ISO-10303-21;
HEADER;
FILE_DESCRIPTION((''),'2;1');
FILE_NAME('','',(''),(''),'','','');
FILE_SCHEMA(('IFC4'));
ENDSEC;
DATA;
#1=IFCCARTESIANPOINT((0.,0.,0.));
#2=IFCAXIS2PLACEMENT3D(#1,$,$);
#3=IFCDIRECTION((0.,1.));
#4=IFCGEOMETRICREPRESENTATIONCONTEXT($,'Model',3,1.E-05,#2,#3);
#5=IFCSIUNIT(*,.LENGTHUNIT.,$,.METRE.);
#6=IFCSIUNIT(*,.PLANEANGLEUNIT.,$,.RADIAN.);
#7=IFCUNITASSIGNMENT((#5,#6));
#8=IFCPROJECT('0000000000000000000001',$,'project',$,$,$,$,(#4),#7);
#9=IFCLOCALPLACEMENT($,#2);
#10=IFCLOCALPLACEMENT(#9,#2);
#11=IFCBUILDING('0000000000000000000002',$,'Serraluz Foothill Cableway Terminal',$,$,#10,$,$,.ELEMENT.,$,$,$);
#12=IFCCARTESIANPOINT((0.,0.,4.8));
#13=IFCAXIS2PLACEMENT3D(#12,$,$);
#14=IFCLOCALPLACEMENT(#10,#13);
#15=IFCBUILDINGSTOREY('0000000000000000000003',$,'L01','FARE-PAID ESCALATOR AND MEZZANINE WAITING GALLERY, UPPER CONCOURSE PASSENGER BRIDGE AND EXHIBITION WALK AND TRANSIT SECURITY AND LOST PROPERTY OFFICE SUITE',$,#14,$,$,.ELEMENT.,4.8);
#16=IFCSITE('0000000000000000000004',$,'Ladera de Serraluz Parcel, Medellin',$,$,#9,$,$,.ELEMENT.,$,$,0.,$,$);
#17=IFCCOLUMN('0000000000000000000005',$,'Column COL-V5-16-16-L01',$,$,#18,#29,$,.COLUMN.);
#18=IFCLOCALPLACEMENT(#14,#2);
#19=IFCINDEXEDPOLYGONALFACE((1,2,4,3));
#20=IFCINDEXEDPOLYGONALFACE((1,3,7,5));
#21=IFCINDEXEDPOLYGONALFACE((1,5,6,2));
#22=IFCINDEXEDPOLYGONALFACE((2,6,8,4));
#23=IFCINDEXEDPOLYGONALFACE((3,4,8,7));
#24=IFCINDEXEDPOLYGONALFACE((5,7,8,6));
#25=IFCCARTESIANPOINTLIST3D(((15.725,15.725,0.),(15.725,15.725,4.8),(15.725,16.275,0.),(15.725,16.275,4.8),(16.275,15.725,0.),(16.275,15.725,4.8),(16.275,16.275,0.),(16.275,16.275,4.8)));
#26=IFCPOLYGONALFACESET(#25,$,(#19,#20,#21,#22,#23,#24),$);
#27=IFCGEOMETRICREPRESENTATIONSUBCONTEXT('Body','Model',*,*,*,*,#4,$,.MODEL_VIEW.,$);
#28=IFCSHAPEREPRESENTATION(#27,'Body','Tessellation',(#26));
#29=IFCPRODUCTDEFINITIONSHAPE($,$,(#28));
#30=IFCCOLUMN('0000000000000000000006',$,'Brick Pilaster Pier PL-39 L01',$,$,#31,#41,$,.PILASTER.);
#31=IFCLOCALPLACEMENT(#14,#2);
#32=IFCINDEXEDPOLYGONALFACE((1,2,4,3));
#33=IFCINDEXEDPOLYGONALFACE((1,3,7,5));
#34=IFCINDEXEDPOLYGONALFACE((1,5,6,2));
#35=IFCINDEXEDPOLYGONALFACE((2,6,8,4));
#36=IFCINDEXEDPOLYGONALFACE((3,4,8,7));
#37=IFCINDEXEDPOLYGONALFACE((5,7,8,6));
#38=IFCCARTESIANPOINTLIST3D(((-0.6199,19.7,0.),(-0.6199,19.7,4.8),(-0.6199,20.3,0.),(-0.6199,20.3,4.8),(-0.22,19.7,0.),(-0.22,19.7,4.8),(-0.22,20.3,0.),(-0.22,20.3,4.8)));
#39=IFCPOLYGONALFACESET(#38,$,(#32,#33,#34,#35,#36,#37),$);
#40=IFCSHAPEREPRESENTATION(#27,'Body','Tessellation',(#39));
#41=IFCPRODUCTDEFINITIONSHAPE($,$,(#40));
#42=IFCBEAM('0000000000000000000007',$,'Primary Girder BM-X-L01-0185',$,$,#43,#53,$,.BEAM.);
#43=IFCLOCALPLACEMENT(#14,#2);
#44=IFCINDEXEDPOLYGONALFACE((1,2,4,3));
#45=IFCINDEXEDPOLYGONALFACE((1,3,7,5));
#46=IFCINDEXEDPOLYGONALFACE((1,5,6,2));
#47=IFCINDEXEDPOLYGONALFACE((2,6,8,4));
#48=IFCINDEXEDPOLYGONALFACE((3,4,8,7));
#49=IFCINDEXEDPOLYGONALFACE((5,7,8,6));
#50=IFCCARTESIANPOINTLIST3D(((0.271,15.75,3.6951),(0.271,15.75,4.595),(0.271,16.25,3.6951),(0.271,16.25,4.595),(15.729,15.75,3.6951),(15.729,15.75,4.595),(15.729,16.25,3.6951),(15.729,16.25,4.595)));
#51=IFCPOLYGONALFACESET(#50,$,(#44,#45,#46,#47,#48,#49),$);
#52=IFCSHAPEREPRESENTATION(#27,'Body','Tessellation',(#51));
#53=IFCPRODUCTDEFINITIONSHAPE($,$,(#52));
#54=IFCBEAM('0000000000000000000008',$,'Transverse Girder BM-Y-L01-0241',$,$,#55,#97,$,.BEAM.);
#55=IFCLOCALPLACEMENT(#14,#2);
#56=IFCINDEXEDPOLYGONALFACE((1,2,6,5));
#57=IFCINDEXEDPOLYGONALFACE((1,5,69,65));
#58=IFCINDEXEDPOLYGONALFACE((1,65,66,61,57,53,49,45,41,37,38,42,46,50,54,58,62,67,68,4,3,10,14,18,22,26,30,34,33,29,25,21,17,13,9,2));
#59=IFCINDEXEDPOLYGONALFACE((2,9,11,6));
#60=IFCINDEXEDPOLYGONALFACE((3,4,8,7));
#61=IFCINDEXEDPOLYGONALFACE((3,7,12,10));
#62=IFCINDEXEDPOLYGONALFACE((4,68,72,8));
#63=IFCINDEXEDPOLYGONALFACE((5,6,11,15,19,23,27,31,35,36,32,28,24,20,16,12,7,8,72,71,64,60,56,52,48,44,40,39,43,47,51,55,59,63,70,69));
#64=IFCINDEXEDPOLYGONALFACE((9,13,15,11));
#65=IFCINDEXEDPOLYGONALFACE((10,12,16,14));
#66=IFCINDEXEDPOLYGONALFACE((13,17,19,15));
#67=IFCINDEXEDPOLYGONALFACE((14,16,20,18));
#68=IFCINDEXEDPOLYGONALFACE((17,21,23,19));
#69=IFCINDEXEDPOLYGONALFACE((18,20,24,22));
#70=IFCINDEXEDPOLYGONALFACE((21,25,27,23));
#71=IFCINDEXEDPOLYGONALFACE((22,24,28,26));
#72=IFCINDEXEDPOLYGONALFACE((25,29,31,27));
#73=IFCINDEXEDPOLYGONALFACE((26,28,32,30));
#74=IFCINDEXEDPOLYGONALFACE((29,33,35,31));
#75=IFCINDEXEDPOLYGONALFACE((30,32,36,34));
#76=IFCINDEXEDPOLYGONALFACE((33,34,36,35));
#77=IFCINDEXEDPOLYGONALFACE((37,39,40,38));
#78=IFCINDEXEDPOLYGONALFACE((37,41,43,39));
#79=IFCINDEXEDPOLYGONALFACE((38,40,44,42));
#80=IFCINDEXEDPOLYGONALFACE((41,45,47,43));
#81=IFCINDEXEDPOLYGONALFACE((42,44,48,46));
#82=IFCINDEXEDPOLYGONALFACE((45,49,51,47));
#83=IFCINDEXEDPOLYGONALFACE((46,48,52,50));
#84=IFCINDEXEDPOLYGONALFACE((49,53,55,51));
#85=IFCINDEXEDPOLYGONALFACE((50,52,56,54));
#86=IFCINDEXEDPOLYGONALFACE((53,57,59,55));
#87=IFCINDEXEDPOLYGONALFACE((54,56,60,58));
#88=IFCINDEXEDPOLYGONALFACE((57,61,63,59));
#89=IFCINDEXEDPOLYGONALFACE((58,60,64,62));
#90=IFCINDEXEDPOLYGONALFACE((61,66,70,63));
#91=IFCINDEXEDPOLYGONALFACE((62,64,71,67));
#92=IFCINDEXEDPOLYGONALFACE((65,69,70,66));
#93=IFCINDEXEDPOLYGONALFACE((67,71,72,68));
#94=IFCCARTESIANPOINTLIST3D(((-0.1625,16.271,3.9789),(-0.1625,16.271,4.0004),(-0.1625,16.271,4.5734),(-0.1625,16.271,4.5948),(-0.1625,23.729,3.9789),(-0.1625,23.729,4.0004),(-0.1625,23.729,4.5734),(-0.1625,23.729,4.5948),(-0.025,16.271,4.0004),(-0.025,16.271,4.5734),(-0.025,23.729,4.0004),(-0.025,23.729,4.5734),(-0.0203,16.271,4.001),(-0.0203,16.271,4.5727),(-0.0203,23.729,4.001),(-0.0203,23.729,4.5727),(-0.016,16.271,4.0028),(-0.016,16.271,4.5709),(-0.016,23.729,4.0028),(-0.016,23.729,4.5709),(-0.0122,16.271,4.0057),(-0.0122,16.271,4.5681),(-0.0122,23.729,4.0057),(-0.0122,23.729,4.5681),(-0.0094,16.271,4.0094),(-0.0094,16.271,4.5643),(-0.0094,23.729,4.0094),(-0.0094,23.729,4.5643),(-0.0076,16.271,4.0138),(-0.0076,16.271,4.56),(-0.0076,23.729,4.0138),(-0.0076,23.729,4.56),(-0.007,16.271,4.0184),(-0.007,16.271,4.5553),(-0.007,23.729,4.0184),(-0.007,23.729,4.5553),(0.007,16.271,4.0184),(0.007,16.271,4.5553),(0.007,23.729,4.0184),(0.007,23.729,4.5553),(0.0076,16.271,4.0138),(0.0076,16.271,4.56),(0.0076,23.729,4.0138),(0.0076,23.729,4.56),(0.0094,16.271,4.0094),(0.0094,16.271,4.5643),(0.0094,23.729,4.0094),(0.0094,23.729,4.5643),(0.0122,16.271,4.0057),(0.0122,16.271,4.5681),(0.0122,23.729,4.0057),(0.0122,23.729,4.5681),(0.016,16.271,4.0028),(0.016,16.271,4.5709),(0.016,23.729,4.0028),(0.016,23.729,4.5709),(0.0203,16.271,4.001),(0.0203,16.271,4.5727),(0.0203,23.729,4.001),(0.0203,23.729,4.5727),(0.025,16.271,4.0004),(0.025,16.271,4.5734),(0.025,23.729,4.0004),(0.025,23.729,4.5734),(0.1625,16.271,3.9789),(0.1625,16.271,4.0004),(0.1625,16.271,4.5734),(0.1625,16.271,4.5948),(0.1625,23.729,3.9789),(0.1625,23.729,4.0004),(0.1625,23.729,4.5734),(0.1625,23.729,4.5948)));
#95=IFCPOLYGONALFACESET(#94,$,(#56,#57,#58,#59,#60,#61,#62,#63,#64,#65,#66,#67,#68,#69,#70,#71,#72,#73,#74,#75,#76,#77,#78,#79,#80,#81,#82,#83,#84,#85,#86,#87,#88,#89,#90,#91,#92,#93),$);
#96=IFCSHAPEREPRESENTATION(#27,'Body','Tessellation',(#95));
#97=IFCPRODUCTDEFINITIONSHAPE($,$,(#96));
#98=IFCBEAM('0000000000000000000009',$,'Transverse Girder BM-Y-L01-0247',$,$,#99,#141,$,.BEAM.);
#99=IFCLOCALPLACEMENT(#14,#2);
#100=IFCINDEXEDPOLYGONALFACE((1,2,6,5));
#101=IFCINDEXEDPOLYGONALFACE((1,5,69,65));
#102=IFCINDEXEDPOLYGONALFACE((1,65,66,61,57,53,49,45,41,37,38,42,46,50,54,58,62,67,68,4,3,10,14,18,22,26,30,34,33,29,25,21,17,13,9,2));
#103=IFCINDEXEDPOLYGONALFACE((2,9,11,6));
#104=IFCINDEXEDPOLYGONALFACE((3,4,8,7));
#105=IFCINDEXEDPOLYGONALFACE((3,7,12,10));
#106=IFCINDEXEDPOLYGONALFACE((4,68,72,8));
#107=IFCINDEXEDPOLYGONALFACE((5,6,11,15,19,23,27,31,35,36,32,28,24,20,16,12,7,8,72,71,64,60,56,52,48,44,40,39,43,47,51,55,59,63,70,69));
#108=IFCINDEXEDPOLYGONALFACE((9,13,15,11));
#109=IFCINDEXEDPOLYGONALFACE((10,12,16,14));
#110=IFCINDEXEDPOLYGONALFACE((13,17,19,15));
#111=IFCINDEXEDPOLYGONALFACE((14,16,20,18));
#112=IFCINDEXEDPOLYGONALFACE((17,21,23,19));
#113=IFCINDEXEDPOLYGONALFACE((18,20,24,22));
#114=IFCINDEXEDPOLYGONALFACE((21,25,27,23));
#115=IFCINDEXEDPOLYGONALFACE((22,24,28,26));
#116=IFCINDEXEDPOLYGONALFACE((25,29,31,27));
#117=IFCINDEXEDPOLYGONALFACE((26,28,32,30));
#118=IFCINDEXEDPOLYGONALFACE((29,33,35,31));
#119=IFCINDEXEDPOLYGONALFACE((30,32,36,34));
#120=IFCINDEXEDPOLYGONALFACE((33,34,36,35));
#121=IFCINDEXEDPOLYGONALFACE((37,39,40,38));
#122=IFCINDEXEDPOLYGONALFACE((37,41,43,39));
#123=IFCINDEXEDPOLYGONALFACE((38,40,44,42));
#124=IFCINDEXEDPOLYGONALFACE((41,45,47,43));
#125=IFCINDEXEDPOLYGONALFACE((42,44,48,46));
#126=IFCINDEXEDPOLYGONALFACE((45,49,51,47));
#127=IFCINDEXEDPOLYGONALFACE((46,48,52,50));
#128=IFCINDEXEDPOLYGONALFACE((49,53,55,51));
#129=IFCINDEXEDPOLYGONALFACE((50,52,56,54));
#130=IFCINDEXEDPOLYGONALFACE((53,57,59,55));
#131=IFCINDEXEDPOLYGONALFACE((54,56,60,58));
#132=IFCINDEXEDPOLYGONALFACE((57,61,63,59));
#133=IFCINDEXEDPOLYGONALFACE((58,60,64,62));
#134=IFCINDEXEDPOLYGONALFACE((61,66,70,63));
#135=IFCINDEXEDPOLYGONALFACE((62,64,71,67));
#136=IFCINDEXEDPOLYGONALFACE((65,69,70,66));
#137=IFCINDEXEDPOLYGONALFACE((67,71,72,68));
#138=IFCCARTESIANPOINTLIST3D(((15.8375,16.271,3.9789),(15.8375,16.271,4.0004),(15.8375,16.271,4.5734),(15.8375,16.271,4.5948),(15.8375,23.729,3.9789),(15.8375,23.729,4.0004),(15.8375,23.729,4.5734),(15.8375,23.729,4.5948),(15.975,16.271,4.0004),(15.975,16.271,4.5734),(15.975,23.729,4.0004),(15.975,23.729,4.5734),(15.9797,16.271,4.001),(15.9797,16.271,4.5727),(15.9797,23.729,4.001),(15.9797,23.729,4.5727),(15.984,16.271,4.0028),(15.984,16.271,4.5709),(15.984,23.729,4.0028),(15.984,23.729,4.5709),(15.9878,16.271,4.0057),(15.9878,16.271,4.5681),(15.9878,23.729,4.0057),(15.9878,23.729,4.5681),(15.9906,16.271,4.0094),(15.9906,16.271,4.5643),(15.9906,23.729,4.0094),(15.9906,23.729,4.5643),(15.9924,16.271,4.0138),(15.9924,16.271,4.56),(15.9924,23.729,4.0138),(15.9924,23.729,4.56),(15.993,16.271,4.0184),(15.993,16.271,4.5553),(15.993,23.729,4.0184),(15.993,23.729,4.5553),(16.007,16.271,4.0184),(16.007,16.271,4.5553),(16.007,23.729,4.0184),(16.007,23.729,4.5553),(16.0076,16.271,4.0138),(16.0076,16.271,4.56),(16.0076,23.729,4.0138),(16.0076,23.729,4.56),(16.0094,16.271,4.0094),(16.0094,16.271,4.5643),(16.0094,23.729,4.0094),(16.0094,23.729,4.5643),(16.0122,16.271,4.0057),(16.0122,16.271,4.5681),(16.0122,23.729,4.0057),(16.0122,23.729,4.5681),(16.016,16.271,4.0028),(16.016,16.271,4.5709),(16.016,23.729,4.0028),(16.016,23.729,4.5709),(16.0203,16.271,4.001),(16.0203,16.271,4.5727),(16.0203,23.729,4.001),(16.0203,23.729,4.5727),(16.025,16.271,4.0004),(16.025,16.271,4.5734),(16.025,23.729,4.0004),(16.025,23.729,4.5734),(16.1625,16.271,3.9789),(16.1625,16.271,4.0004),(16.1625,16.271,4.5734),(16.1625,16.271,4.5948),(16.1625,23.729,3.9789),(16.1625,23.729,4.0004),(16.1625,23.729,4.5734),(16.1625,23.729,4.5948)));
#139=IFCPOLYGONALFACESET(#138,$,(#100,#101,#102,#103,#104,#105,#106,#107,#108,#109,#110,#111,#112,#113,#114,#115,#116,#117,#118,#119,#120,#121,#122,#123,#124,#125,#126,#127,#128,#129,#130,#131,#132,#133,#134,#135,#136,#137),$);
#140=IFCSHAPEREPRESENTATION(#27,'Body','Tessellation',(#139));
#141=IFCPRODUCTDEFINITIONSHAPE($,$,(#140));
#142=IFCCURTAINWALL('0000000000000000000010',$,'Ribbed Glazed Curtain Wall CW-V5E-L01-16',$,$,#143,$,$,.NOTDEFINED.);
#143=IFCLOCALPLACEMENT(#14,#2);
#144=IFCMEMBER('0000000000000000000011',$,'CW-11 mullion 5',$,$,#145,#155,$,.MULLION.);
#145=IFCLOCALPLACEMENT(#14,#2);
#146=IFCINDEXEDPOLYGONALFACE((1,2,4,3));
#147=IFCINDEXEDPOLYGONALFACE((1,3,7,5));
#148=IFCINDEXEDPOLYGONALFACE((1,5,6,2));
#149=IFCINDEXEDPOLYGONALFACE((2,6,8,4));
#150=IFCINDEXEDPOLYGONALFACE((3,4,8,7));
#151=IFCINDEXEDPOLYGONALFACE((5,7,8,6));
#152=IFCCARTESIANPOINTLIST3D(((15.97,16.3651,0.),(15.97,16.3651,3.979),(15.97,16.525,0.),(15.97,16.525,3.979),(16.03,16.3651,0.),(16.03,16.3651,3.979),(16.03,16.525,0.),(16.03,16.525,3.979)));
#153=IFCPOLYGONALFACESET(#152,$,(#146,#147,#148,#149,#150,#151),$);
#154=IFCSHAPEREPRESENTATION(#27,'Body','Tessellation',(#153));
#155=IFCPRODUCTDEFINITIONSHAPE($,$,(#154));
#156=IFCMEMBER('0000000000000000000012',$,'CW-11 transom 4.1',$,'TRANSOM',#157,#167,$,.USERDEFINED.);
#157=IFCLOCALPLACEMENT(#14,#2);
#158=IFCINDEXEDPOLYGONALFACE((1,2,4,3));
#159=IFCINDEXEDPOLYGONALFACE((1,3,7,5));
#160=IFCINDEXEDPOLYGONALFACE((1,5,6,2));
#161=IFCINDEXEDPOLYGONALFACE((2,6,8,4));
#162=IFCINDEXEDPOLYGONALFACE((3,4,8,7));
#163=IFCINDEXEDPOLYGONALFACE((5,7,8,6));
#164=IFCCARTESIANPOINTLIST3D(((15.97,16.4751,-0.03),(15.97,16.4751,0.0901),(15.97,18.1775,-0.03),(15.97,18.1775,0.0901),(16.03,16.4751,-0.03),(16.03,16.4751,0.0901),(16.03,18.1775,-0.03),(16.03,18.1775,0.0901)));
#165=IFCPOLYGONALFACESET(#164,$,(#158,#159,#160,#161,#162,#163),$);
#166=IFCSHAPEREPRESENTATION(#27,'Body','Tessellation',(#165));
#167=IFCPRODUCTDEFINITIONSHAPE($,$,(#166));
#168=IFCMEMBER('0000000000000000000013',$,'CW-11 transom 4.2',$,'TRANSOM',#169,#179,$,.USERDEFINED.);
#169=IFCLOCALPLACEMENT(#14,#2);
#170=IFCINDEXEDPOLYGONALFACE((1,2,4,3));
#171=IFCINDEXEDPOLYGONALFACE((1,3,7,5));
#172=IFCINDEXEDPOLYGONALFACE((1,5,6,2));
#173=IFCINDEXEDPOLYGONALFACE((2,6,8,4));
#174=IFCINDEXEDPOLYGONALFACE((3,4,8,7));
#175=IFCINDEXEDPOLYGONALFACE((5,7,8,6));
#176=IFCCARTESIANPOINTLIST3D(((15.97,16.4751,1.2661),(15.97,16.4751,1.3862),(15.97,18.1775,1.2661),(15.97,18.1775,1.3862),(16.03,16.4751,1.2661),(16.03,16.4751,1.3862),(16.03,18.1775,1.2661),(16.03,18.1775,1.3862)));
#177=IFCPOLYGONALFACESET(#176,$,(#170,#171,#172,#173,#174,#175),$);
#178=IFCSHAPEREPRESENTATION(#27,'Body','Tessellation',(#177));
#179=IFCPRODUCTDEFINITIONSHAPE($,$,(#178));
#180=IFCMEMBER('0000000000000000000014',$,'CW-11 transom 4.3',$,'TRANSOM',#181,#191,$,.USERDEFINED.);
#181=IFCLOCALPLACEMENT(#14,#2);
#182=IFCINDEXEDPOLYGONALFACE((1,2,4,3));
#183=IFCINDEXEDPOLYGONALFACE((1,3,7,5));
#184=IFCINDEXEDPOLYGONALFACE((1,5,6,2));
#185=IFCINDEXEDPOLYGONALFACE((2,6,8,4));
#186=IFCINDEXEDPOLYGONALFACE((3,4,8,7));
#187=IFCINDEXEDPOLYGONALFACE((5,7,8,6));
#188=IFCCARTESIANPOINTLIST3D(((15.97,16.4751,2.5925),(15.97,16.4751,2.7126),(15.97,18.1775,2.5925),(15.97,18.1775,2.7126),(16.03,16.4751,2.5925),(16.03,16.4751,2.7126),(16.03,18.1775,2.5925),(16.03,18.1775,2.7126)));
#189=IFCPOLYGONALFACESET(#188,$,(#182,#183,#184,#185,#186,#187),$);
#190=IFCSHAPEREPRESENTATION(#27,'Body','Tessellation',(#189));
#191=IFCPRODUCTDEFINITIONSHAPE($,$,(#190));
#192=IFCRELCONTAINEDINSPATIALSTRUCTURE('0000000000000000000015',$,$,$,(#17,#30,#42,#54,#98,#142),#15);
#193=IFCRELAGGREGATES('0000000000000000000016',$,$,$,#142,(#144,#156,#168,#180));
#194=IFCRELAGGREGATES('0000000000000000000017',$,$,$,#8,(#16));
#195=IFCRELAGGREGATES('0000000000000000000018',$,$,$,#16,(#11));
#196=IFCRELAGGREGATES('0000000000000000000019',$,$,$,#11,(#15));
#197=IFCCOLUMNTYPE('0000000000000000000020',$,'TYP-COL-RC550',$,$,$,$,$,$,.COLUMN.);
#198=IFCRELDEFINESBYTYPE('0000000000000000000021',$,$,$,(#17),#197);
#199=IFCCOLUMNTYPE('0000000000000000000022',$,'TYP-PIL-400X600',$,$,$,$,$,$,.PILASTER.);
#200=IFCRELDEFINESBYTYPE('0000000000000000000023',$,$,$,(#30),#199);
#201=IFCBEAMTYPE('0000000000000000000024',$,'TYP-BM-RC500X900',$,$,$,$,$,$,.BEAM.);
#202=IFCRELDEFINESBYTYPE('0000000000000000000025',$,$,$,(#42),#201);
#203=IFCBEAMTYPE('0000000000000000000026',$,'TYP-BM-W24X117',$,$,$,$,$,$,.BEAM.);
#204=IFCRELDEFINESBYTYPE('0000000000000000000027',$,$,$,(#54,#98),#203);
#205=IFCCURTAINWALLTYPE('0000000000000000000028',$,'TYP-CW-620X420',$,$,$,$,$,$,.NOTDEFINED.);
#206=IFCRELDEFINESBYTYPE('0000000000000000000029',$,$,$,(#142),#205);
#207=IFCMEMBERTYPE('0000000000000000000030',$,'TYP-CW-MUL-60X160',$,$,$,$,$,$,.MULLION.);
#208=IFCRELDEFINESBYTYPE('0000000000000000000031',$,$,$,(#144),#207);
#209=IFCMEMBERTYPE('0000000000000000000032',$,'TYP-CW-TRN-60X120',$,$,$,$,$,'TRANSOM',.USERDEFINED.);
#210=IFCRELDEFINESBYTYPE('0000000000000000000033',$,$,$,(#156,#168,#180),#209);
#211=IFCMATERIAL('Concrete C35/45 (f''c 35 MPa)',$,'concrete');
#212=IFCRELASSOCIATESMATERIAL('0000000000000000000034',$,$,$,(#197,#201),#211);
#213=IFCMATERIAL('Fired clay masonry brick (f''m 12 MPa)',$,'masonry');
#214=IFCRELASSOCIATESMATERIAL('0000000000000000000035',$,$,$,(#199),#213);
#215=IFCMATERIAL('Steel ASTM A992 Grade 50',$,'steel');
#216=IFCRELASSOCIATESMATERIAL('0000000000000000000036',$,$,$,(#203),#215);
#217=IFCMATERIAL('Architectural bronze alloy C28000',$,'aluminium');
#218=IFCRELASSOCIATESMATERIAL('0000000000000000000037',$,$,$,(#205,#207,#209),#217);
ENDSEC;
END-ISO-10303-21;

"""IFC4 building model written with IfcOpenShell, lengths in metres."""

from ifc_helpers import new_model, si_unit, direction, frame, origin, origin_2d, place, context, subcontext, project, spatial, rectangle, i_section, extrude, material, material_profile, profile_set, type_object, element, aggregate, save


model = new_model("IFC4")

# Units and contexts
model_context = context("Model", 3, precision=1e-05, world=origin(), true_north=direction((0.0, 1.0)))
body_context = subcontext(model_context, "Body", "Model", "MODEL_VIEW")
ifc_project = project(units=[si_unit("LENGTHUNIT", "METRE"), si_unit("PLANEANGLEUNIT", "RADIAN")], contexts=[model_context])

# Site, building, storey
site_placement = place(None, origin())
site = spatial("IfcSite", under=ifc_project, at=site_placement, Name="Ladera de Serraluz Parcel, Medellin", CompositionType="ELEMENT", RefElevation=0.0)
building_placement = place(site_placement, origin())
building = spatial("IfcBuilding", under=site, at=building_placement, Name="Serraluz Foothill Cableway Terminal", CompositionType="ELEMENT")
storey_placement = place(building_placement, frame((0.0, 0.0, 4.8)))
storey = spatial("IfcBuildingStorey", under=building, at=storey_placement, Name="L01", Description="FARE-PAID ESCALATOR AND MEZZANINE WAITING GALLERY, UPPER CONCOURSE PASSENGER BRIDGE AND EXHIBITION WALK AND TRANSIT SECURITY AND LOST PROPERTY OFFICE SUITE", CompositionType="ELEMENT", Elevation=4.8)

# Columns
ifc_material_1 = material(Name="Concrete C35/45 (f'c 35 MPa)", Category="concrete")
ifc_material_profile_1 = material_profile(ifc_material_1, rectangle(XDim=0.55, YDim=0.55, at=origin_2d()), Name="RC 550x550")
ifc_profile_set_1 = profile_set([ifc_material_profile_1], Name="Concrete C35/45 (f'c 35 MPa)")
column_type_1 = type_object("IfcColumnType", Name="TYP-COL-RC550", PredefinedType="COLUMN", material=ifc_profile_set_1)
column_1_placement = place(storey_placement, frame((16.0, 16.0, 0.0), z_axis=(0.0, 0.0, 1.0), x_axis=(1.0, 0.0, 0.0)))
element("IfcColumn", 1, at=column_1_placement, inside=storey, type_object=column_type_1, Name="Column COL-V5-16-16-L01", PredefinedType="COLUMN", context=body_context, shape_type="SweptSolid", body=[
    extrude(rectangle(XDim=0.55, YDim=0.55, at=origin_2d()), origin(), (0.0, 0.0, 1.0), 4.8),
])
ifc_material_2 = material(Name="Fired clay masonry brick (f'm 12 MPa)", Category="masonry")
ifc_material_profile_2 = material_profile(ifc_material_2, rectangle(XDim=0.3999, YDim=0.6001, at=origin_2d()), Name="PIL 400x600")
ifc_profile_set_2 = profile_set([ifc_material_profile_2], Name="Fired clay masonry brick (f'm 12 MPa)")
column_type_2 = type_object("IfcColumnType", Name="TYP-PIL-400X600", PredefinedType="PILASTER", material=ifc_profile_set_2)
column_2_placement = place(storey_placement, frame((-0.4199, 20.0, 0.0), z_axis=(0.0, 0.0, 1.0), x_axis=(1.0, 0.0, 0.0)))
element("IfcColumn", 2, at=column_2_placement, inside=storey, type_object=column_type_2, Name="Brick Pilaster Pier PL-39 L01", PredefinedType="PILASTER", context=body_context, shape_type="SweptSolid", body=[
    extrude(rectangle(XDim=0.3999, YDim=0.6001, at=origin_2d()), origin(), (0.0, 0.0, 1.0), 4.8),
])

# Beams
ifc_material_profile_3 = material_profile(ifc_material_1, rectangle(XDim=0.5, YDim=0.8999, at=origin_2d()), Name="RC 500x900")
ifc_profile_set_3 = profile_set([ifc_material_profile_3], Name="Concrete C35/45 (f'c 35 MPa)")
beam_type_1 = type_object("IfcBeamType", Name="TYP-BM-RC500X900", PredefinedType="BEAM", material=ifc_profile_set_3)
beam_1_placement = place(storey_placement, frame((0.271, 16.0, 4.145), z_axis=(1.0, 0.0, 0.0), x_axis=(0.0, 1.0, 0.0)))
element("IfcBeam", 3, at=beam_1_placement, inside=storey, type_object=beam_type_1, Name="Primary Girder BM-X-L01-0185", PredefinedType="BEAM", context=body_context, shape_type="SweptSolid", body=[
    extrude(rectangle(XDim=0.5, YDim=0.8999, at=origin_2d()), origin(), (0.0, 0.0, 1.0), 15.458),
])
ifc_material_3 = material(Name="Steel ASTM A992 Grade 50", Category="steel")
ifc_material_profile_4 = material_profile(ifc_material_3, i_section(OverallWidth=0.325, OverallDepth=0.616, WebThickness=0.0139, FlangeThickness=0.0215, FilletRadius=0.0181, at=origin_2d()), Name="W24X117")
ifc_profile_set_4 = profile_set([ifc_material_profile_4], Name="Steel ASTM A992 Grade 50")
beam_type_2 = type_object("IfcBeamType", Name="TYP-BM-W24X117", PredefinedType="BEAM", material=ifc_profile_set_4)
for number, where, z_axis, x_axis, name in (
    (4, (0.0, 16.271, 4.2869), (0.0, 1.0, 0.0), (-1.0, 0.0, 0.0), "Transverse Girder BM-Y-L01-0241"),
    (5, (16.0, 16.271, 4.2869), (0.0, 1.0, 0.0), (-1.0, 0.0, 0.0), "Transverse Girder BM-Y-L01-0247"),
):
    element("IfcBeam", number, at=place(storey_placement, frame(where, z_axis=z_axis, x_axis=x_axis)), inside=storey, type_object=beam_type_2, Name=name, PredefinedType="BEAM", context=body_context, shape_type="SweptSolid", body=[
        extrude(i_section(OverallWidth=0.325, OverallDepth=0.616, WebThickness=0.0139, FlangeThickness=0.0215, FilletRadius=0.0181, at=origin_2d()), origin(), (0.0, 0.0, 1.0), 7.458),
    ])

# Curtain wall, members
ifc_material_4 = material(Name="Architectural bronze alloy C28000", Category="aluminium")
curtain_wall_type = type_object("IfcCurtainWallType", Name="TYP-CW-620X420", PredefinedType="NOTDEFINED", material=ifc_material_4)
curtain_wall_placement = place(storey_placement, origin())
curtain_wall = element("IfcCurtainWall", 6, at=curtain_wall_placement, inside=storey, type_object=curtain_wall_type, Name="Ribbed Glazed Curtain Wall CW-V5E-L01-16", PredefinedType="NOTDEFINED")
ifc_material_profile_5 = material_profile(ifc_material_4, rectangle(XDim=0.0601, YDim=0.1599, at=origin_2d()), Name="ALU MULLION 60x160")
ifc_profile_set_5 = profile_set([ifc_material_profile_5], Name="Architectural bronze alloy C28000")
member_type_1 = type_object("IfcMemberType", Name="TYP-CW-MUL-60X160", PredefinedType="MULLION", material=ifc_profile_set_5)
member_1_placement = place(storey_placement, frame((16.0, 16.4451, 0.0), z_axis=(0.0, 0.0, 1.0), x_axis=(1.0, 0.0, 0.0)))
member_1 = element("IfcMember", 7, at=member_1_placement, type_object=member_type_1, Name="CW-11 mullion 5", PredefinedType="MULLION", context=body_context, shape_type="SweptSolid", body=[
    extrude(rectangle(XDim=0.0601, YDim=0.1599, at=origin_2d()), origin(), (0.0, 0.0, 1.0), 3.979),
])
ifc_material_profile_6 = material_profile(ifc_material_4, rectangle(XDim=0.0601, YDim=0.1201, at=origin_2d()), Name="ALU TRANSOM 60x120")
ifc_profile_set_6 = profile_set([ifc_material_profile_6], Name="Architectural bronze alloy C28000")
member_type_2 = type_object("IfcMemberType", Name="TYP-CW-TRN-60X120", ElementType="TRANSOM", PredefinedType="USERDEFINED", material=ifc_profile_set_6)
member_2_placement = place(storey_placement, frame((16.0, 18.1775, 0.03), z_axis=(0.0, -1.0, 0.0), x_axis=(1.0, 0.0, 0.0)))
member_2 = element("IfcMember", 8, at=member_2_placement, type_object=member_type_2, Name="CW-11 transom 4.1", ObjectType="TRANSOM", PredefinedType="USERDEFINED", context=body_context, shape_type="SweptSolid", body=[
    extrude(rectangle(XDim=0.0601, YDim=0.1201, at=origin_2d()), origin(), (0.0, 0.0, 1.0), 1.7024),
])
member_3_placement = place(storey_placement, frame((16.0, 18.1775, 1.3262), z_axis=(0.0, -1.0, 0.0), x_axis=(1.0, 0.0, 0.0)))
member_3 = element("IfcMember", 9, at=member_3_placement, type_object=member_type_2, Name="CW-11 transom 4.2", ObjectType="TRANSOM", PredefinedType="USERDEFINED", context=body_context, shape_type="SweptSolid", body=[
    extrude(rectangle(XDim=0.0601, YDim=0.1201, at=origin_2d()), origin(), (0.0, 0.0, 1.0), 1.7024),
])
member_4_placement = place(storey_placement, frame((16.0, 18.1775, 2.6526), z_axis=(0.0, -1.0, 0.0), x_axis=(1.0, 0.0, 0.0)))
member_4 = element("IfcMember", 10, at=member_4_placement, type_object=member_type_2, Name="CW-11 transom 4.3", ObjectType="TRANSOM", PredefinedType="USERDEFINED", context=body_context, shape_type="SweptSolid", body=[
    extrude(rectangle(XDim=0.0601, YDim=0.1201, at=origin_2d()), origin(), (0.0, 0.0, 1.0), 1.7024),
])

aggregate(curtain_wall, [member_1, member_2, member_3, member_4])

save(model, "model.ifc")
